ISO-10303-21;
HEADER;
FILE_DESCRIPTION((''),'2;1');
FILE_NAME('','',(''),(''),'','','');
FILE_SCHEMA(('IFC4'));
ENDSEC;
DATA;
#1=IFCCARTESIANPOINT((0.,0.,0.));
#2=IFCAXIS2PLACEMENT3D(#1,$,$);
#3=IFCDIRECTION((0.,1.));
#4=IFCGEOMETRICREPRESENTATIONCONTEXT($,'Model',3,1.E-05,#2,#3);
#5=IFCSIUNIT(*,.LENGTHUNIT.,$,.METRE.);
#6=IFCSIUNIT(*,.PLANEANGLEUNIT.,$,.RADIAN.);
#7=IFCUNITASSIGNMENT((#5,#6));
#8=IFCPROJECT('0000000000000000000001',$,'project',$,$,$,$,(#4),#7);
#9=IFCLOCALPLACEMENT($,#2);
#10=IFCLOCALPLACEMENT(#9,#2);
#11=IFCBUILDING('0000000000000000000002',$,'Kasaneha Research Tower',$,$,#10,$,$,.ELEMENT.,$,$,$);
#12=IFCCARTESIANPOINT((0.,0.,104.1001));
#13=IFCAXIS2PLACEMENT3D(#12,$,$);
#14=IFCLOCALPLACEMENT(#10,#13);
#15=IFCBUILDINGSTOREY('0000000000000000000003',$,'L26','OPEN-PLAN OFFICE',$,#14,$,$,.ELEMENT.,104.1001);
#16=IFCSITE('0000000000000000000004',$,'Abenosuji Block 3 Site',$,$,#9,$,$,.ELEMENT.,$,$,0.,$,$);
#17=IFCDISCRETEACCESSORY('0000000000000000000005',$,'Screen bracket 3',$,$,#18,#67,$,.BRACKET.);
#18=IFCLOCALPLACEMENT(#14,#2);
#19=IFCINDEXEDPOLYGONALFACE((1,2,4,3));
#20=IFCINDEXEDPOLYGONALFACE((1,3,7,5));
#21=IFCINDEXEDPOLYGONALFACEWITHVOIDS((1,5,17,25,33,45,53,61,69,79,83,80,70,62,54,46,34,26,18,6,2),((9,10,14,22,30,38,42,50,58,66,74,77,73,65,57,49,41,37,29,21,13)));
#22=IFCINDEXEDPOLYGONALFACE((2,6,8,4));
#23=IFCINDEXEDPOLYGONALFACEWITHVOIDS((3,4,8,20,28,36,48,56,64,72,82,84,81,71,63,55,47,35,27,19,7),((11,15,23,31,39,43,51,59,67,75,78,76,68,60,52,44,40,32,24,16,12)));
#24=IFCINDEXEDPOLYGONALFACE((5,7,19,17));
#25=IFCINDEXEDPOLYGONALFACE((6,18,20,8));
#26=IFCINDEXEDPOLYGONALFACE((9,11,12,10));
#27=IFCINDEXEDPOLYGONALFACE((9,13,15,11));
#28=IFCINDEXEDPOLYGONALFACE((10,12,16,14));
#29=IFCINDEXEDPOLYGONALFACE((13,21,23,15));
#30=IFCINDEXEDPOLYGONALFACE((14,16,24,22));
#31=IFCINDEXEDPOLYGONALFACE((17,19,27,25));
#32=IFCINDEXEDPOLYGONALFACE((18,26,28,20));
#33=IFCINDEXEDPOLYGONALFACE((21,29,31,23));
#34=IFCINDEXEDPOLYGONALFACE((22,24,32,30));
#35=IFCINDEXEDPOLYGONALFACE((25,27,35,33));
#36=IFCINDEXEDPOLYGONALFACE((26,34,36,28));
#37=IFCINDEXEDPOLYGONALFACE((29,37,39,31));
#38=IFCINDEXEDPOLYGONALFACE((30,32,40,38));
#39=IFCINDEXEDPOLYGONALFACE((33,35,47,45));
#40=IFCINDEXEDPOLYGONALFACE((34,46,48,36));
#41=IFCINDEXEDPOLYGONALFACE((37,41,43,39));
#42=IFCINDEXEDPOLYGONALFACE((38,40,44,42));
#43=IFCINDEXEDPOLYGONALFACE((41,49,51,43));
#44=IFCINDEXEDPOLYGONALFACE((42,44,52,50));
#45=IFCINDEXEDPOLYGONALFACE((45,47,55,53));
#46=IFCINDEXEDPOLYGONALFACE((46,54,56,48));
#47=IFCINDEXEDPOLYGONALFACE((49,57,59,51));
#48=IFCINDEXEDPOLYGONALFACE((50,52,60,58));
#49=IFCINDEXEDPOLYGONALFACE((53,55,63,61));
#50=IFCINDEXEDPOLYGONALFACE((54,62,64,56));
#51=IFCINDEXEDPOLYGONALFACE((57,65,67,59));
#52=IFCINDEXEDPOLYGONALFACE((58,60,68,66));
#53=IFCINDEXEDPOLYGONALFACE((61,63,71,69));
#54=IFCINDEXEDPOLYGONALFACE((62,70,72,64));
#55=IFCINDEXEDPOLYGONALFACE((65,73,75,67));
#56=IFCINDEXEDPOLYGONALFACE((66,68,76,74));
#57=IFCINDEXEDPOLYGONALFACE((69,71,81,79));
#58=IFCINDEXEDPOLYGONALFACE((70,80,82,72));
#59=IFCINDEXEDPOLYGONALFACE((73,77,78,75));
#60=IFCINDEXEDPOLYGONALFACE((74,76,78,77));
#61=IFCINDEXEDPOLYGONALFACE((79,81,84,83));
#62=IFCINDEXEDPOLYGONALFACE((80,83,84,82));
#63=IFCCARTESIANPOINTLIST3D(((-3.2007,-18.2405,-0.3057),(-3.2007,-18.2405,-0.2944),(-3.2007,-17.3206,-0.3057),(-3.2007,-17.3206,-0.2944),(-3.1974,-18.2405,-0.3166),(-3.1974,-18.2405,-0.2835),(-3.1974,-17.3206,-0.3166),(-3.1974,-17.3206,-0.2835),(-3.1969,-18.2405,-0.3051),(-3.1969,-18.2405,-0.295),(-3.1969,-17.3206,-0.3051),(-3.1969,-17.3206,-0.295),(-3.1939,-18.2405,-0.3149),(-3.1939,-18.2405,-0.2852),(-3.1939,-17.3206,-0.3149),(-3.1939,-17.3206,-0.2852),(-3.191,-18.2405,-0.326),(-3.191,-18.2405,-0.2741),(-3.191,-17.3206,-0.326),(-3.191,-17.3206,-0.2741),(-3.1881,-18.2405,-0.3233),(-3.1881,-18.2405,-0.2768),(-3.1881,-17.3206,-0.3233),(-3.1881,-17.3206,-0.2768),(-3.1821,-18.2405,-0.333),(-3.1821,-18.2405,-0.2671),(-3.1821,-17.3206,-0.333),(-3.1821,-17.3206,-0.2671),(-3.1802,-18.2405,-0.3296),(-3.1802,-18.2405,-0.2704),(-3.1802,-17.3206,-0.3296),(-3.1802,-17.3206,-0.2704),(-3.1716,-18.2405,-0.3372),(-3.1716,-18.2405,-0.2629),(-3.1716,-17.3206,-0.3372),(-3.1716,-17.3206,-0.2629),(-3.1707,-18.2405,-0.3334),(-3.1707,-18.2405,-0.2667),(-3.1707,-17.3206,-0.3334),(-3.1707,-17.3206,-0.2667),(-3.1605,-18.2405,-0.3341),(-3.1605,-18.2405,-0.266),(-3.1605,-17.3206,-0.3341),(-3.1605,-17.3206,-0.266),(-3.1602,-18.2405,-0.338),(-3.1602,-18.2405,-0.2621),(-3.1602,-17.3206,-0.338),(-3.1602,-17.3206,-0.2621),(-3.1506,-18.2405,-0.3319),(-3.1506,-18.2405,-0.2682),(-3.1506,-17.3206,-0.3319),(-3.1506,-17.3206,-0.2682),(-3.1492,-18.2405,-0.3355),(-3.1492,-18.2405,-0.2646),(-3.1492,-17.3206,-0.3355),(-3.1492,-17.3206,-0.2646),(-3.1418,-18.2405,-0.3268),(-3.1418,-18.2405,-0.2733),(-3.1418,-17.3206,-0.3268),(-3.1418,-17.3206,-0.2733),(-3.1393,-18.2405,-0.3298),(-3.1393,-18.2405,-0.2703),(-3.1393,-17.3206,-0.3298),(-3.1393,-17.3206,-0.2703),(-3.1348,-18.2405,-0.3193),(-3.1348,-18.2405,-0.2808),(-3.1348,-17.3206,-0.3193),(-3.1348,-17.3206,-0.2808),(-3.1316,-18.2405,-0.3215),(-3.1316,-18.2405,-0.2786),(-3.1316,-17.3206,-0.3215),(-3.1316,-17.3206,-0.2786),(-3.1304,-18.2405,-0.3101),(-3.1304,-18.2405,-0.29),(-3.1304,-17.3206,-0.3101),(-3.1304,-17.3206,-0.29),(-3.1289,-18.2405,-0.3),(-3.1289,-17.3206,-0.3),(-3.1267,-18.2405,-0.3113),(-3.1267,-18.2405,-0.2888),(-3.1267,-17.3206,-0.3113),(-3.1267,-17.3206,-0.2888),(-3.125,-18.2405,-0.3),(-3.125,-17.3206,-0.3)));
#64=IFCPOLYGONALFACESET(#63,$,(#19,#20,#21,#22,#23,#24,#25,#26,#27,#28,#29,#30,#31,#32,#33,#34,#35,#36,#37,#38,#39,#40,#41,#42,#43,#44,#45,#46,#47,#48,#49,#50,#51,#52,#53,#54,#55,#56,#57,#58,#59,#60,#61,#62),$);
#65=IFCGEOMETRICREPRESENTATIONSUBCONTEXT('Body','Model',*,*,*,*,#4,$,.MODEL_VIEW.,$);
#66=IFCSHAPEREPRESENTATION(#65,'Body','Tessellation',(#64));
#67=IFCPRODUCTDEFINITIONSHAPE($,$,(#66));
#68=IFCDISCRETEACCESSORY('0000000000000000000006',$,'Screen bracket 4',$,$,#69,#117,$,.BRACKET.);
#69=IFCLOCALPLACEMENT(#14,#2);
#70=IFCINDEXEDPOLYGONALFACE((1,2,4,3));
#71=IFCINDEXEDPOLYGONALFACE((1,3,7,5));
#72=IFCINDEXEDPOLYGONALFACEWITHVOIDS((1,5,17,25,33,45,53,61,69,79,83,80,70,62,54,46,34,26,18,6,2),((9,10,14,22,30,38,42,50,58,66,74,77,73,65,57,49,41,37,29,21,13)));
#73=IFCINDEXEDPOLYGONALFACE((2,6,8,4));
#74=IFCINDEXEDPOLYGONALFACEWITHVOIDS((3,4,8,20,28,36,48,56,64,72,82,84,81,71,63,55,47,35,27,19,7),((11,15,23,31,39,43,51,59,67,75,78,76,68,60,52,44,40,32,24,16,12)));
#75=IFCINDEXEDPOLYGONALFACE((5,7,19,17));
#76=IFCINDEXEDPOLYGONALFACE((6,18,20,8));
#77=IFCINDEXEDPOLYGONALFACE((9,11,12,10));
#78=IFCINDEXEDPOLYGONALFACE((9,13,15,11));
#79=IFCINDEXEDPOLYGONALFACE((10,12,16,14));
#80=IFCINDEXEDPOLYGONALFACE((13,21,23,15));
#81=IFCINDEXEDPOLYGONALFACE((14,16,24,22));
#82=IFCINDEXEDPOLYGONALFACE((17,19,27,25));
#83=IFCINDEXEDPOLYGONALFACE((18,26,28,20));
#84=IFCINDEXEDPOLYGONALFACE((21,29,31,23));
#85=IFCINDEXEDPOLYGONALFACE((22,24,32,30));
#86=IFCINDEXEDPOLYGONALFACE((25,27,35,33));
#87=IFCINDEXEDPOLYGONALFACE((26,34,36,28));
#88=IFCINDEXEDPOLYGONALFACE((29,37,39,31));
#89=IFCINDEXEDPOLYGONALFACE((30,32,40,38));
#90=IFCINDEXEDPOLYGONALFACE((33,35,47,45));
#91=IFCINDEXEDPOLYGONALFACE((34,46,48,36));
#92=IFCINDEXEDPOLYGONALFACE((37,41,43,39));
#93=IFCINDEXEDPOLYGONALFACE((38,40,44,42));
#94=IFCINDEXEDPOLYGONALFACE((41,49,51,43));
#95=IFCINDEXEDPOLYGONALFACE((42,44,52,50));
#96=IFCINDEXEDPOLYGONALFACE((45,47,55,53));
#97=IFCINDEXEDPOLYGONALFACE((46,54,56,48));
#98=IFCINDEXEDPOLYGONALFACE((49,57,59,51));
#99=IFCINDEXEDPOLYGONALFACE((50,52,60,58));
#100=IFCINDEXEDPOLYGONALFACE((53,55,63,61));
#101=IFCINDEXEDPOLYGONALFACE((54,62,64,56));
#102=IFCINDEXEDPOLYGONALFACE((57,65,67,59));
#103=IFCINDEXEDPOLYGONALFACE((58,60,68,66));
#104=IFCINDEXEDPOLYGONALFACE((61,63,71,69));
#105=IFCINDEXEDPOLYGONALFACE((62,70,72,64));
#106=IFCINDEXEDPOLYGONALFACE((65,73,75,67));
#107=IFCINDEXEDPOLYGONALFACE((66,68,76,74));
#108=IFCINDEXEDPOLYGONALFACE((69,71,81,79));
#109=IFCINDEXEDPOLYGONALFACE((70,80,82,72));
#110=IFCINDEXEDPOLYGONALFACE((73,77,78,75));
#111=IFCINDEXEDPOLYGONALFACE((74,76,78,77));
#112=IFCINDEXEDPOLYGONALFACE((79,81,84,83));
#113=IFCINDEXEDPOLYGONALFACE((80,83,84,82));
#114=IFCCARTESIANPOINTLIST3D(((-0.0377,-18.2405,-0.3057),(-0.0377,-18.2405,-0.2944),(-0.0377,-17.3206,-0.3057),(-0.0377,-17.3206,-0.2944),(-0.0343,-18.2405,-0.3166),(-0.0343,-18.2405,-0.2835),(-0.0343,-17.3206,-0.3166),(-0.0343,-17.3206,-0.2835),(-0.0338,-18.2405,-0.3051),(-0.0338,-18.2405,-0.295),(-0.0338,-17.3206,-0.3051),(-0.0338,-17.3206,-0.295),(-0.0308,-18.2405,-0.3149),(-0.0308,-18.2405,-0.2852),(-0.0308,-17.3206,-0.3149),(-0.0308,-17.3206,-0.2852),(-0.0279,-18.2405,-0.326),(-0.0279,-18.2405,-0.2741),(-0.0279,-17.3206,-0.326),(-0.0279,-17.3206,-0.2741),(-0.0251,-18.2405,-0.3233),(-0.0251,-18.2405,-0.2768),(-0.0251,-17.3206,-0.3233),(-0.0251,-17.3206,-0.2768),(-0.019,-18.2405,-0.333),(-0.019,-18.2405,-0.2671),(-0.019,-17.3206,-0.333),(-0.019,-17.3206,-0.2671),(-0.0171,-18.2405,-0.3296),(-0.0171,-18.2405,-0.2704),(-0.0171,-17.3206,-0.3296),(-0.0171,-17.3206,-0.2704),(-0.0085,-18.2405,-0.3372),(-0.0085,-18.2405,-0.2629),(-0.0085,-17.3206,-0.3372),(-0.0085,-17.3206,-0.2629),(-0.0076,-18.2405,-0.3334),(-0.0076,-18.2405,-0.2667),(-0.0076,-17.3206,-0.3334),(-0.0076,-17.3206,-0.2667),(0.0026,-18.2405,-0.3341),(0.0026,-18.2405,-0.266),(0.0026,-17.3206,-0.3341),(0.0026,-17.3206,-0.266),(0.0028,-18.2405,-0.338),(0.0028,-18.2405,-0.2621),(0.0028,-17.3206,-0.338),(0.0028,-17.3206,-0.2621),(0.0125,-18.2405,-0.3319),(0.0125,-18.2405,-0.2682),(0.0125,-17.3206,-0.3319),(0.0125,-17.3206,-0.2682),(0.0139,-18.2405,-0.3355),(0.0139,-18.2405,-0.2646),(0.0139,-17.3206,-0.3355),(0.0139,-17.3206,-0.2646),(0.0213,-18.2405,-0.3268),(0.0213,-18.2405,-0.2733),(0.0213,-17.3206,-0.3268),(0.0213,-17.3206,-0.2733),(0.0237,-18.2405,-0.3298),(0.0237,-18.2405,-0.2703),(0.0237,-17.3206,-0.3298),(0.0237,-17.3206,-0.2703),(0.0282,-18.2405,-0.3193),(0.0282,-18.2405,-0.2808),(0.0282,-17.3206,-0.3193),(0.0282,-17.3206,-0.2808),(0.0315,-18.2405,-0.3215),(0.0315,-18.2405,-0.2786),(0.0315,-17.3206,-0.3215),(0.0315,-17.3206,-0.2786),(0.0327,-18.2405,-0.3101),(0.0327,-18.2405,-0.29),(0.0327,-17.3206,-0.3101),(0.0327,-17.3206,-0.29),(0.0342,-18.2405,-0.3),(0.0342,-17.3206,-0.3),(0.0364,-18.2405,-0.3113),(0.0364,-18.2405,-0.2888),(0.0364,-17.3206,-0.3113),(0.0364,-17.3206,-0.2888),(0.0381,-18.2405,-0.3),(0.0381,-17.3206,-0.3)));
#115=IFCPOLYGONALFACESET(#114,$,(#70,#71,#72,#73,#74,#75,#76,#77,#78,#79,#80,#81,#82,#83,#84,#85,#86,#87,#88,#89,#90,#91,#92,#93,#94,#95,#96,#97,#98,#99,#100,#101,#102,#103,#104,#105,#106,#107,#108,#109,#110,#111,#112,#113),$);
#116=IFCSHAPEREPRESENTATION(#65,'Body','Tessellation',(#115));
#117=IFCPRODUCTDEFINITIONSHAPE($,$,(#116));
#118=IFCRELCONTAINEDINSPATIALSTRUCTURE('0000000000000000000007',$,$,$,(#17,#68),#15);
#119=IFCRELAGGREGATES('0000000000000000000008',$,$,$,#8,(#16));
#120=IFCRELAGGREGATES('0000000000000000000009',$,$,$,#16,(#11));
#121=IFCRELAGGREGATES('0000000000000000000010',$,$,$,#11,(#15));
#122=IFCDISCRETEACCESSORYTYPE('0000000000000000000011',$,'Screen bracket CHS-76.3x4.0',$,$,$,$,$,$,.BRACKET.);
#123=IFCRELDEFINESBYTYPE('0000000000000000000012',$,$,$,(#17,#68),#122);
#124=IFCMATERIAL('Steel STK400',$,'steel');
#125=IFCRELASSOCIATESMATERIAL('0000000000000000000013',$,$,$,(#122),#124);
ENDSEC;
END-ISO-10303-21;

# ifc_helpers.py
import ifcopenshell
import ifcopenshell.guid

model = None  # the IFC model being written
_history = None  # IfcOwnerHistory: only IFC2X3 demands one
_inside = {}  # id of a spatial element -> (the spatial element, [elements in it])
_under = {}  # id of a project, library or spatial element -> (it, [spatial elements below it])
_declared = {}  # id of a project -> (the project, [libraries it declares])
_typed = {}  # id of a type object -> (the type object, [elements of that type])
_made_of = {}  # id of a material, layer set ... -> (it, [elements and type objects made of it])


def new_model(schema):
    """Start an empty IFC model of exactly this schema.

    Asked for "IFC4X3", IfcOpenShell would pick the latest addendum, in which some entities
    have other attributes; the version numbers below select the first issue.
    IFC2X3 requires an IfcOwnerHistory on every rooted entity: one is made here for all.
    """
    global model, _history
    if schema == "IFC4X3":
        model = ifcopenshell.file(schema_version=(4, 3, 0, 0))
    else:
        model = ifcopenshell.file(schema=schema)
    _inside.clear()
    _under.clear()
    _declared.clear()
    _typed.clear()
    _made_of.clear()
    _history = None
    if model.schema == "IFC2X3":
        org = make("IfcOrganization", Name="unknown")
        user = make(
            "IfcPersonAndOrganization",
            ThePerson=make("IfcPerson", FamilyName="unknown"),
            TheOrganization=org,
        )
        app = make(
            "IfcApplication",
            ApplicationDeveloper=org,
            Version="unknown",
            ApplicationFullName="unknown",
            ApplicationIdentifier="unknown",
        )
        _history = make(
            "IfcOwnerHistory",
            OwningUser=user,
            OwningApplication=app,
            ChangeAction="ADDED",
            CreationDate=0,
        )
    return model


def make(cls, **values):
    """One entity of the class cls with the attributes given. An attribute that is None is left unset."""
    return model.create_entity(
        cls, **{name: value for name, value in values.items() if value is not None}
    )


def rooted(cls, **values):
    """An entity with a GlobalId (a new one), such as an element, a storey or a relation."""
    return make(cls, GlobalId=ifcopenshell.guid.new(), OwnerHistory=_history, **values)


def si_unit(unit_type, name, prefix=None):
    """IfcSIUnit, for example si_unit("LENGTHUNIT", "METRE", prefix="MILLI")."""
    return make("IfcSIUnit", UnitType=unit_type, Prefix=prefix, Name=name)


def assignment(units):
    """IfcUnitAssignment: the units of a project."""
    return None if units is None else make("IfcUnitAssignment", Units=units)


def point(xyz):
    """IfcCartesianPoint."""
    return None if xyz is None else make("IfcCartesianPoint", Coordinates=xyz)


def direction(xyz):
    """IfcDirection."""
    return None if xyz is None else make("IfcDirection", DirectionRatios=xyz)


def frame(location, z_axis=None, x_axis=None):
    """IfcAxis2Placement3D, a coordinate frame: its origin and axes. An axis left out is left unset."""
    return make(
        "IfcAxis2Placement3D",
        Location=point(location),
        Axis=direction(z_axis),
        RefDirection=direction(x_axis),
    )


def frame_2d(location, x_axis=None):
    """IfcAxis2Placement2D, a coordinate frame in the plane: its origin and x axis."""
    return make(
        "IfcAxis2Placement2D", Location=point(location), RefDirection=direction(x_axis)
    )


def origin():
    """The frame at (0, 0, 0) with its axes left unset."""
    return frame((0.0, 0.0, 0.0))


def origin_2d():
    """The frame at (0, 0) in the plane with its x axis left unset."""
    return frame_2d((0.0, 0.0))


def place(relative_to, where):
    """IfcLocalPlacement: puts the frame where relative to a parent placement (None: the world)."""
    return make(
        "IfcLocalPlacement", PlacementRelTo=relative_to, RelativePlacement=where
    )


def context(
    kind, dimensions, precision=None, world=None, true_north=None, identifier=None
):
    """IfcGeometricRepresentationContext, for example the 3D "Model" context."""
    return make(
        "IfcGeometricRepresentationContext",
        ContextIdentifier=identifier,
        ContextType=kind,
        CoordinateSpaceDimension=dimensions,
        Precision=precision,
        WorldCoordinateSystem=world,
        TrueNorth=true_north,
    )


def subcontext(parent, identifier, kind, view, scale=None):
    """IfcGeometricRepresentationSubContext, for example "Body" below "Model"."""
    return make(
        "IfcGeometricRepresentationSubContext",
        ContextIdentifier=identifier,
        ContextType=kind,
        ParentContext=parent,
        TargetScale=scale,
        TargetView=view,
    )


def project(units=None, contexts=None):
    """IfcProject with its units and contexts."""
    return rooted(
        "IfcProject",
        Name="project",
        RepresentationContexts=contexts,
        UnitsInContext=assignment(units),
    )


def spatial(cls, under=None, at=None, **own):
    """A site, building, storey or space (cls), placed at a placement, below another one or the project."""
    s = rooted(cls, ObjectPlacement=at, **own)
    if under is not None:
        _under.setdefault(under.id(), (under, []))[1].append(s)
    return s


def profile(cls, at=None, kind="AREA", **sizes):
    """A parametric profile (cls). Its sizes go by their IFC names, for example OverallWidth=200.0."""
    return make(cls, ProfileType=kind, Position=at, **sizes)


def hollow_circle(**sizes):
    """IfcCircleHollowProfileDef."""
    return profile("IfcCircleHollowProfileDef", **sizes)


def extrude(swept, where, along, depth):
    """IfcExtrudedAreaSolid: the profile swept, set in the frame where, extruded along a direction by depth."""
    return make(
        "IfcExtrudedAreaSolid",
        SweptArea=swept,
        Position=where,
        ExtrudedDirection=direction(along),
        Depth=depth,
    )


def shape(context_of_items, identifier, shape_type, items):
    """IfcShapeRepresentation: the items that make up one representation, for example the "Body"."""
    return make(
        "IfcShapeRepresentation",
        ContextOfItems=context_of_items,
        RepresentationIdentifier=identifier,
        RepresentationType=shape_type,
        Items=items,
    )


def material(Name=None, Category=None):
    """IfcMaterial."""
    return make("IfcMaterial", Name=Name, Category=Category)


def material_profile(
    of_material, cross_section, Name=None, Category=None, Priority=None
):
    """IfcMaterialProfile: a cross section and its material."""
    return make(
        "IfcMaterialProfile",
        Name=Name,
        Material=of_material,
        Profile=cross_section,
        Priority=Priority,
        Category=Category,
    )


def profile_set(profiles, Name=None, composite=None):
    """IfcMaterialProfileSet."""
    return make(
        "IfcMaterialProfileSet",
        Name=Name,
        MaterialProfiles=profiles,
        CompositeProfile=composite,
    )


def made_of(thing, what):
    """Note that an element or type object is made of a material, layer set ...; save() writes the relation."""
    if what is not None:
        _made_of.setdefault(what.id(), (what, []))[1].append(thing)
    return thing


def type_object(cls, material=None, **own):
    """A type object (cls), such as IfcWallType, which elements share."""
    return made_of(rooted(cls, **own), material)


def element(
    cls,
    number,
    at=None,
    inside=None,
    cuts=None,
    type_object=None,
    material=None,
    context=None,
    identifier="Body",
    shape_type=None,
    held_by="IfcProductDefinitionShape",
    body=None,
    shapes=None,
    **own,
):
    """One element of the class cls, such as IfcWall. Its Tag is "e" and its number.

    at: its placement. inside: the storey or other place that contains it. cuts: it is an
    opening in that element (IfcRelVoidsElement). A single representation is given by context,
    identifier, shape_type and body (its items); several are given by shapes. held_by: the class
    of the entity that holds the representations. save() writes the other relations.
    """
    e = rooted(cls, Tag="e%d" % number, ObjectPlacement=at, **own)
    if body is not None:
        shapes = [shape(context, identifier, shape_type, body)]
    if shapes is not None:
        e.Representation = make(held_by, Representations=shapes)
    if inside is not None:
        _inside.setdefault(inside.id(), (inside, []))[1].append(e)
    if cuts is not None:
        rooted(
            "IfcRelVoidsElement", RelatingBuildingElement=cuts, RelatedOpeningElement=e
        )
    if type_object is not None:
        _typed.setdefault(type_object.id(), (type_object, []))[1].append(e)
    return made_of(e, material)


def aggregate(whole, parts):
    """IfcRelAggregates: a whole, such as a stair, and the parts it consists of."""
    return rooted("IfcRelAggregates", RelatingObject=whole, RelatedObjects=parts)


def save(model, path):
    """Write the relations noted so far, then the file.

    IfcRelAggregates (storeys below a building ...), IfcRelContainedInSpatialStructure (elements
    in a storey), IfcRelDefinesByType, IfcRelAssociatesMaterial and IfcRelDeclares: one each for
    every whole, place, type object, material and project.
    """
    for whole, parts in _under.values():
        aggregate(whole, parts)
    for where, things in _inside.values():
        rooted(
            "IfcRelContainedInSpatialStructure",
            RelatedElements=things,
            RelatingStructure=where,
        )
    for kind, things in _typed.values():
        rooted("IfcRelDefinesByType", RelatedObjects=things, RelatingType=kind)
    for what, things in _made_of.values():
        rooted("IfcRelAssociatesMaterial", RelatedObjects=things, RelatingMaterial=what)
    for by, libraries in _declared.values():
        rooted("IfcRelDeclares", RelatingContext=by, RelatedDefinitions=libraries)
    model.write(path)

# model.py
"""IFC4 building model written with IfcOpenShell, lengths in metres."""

from ifc_helpers import new_model, si_unit, direction, frame, origin, origin_2d, place, context, subcontext, project, spatial, hollow_circle, extrude, material, material_profile, profile_set, type_object, element, save


model = new_model("IFC4")

# Units and contexts
model_context = context("Model", 3, precision=1e-05, world=origin(), true_north=direction((0.0, 1.0)))
body_context = subcontext(model_context, "Body", "Model", "MODEL_VIEW")
ifc_project = project(units=[si_unit("LENGTHUNIT", "METRE"), si_unit("PLANEANGLEUNIT", "RADIAN")], contexts=[model_context])

# Site, building, storey
site_placement = place(None, origin())
site = spatial("IfcSite", under=ifc_project, at=site_placement, Name="Abenosuji Block 3 Site", CompositionType="ELEMENT", RefElevation=0.0)
building_placement = place(site_placement, origin())
building = spatial("IfcBuilding", under=site, at=building_placement, Name="Kasaneha Research Tower", CompositionType="ELEMENT")
storey_placement = place(building_placement, frame((0.0, 0.0, 104.1001)))
storey = spatial("IfcBuildingStorey", under=building, at=storey_placement, Name="L26", Description="OPEN-PLAN OFFICE", CompositionType="ELEMENT", Elevation=104.1001)

# Discrete accessories
ifc_material_1 = material(Name="Steel STK400", Category="steel")
ifc_material_profile_1 = material_profile(ifc_material_1, hollow_circle(Radius=0.0381, WallThickness=0.0039, at=origin_2d()), Name="CHS-76.3x4.0")
ifc_profile_set_1 = profile_set([ifc_material_profile_1], Name="Steel STK400")
discrete_accessory_type = type_object("IfcDiscreteAccessoryType", Name="Screen bracket CHS-76.3x4.0", PredefinedType="BRACKET", material=ifc_profile_set_1)
for number, where, z_axis, x_axis, name in (
    (1, (-3.1631, -17.3206, -0.3), (0.0, -1.0, 0.0), (1.0, 0.0, 0.0), "Screen bracket 3"),
    (2, (0.0, -17.3206, -0.3), (0.0, -1.0, 0.0), (1.0, 0.0, 0.0), "Screen bracket 4"),
):
    element("IfcDiscreteAccessory", number, at=place(storey_placement, frame(where, z_axis=z_axis, x_axis=x_axis)), inside=storey, type_object=discrete_accessory_type, Name=name, PredefinedType="BRACKET", context=body_context, shape_type="SweptSolid", body=[
        extrude(hollow_circle(Radius=0.0381, WallThickness=0.0039, at=origin_2d()), origin(), (0.0, 0.0, 1.0), 0.9199),
    ])

save(model, "model.ifc")
